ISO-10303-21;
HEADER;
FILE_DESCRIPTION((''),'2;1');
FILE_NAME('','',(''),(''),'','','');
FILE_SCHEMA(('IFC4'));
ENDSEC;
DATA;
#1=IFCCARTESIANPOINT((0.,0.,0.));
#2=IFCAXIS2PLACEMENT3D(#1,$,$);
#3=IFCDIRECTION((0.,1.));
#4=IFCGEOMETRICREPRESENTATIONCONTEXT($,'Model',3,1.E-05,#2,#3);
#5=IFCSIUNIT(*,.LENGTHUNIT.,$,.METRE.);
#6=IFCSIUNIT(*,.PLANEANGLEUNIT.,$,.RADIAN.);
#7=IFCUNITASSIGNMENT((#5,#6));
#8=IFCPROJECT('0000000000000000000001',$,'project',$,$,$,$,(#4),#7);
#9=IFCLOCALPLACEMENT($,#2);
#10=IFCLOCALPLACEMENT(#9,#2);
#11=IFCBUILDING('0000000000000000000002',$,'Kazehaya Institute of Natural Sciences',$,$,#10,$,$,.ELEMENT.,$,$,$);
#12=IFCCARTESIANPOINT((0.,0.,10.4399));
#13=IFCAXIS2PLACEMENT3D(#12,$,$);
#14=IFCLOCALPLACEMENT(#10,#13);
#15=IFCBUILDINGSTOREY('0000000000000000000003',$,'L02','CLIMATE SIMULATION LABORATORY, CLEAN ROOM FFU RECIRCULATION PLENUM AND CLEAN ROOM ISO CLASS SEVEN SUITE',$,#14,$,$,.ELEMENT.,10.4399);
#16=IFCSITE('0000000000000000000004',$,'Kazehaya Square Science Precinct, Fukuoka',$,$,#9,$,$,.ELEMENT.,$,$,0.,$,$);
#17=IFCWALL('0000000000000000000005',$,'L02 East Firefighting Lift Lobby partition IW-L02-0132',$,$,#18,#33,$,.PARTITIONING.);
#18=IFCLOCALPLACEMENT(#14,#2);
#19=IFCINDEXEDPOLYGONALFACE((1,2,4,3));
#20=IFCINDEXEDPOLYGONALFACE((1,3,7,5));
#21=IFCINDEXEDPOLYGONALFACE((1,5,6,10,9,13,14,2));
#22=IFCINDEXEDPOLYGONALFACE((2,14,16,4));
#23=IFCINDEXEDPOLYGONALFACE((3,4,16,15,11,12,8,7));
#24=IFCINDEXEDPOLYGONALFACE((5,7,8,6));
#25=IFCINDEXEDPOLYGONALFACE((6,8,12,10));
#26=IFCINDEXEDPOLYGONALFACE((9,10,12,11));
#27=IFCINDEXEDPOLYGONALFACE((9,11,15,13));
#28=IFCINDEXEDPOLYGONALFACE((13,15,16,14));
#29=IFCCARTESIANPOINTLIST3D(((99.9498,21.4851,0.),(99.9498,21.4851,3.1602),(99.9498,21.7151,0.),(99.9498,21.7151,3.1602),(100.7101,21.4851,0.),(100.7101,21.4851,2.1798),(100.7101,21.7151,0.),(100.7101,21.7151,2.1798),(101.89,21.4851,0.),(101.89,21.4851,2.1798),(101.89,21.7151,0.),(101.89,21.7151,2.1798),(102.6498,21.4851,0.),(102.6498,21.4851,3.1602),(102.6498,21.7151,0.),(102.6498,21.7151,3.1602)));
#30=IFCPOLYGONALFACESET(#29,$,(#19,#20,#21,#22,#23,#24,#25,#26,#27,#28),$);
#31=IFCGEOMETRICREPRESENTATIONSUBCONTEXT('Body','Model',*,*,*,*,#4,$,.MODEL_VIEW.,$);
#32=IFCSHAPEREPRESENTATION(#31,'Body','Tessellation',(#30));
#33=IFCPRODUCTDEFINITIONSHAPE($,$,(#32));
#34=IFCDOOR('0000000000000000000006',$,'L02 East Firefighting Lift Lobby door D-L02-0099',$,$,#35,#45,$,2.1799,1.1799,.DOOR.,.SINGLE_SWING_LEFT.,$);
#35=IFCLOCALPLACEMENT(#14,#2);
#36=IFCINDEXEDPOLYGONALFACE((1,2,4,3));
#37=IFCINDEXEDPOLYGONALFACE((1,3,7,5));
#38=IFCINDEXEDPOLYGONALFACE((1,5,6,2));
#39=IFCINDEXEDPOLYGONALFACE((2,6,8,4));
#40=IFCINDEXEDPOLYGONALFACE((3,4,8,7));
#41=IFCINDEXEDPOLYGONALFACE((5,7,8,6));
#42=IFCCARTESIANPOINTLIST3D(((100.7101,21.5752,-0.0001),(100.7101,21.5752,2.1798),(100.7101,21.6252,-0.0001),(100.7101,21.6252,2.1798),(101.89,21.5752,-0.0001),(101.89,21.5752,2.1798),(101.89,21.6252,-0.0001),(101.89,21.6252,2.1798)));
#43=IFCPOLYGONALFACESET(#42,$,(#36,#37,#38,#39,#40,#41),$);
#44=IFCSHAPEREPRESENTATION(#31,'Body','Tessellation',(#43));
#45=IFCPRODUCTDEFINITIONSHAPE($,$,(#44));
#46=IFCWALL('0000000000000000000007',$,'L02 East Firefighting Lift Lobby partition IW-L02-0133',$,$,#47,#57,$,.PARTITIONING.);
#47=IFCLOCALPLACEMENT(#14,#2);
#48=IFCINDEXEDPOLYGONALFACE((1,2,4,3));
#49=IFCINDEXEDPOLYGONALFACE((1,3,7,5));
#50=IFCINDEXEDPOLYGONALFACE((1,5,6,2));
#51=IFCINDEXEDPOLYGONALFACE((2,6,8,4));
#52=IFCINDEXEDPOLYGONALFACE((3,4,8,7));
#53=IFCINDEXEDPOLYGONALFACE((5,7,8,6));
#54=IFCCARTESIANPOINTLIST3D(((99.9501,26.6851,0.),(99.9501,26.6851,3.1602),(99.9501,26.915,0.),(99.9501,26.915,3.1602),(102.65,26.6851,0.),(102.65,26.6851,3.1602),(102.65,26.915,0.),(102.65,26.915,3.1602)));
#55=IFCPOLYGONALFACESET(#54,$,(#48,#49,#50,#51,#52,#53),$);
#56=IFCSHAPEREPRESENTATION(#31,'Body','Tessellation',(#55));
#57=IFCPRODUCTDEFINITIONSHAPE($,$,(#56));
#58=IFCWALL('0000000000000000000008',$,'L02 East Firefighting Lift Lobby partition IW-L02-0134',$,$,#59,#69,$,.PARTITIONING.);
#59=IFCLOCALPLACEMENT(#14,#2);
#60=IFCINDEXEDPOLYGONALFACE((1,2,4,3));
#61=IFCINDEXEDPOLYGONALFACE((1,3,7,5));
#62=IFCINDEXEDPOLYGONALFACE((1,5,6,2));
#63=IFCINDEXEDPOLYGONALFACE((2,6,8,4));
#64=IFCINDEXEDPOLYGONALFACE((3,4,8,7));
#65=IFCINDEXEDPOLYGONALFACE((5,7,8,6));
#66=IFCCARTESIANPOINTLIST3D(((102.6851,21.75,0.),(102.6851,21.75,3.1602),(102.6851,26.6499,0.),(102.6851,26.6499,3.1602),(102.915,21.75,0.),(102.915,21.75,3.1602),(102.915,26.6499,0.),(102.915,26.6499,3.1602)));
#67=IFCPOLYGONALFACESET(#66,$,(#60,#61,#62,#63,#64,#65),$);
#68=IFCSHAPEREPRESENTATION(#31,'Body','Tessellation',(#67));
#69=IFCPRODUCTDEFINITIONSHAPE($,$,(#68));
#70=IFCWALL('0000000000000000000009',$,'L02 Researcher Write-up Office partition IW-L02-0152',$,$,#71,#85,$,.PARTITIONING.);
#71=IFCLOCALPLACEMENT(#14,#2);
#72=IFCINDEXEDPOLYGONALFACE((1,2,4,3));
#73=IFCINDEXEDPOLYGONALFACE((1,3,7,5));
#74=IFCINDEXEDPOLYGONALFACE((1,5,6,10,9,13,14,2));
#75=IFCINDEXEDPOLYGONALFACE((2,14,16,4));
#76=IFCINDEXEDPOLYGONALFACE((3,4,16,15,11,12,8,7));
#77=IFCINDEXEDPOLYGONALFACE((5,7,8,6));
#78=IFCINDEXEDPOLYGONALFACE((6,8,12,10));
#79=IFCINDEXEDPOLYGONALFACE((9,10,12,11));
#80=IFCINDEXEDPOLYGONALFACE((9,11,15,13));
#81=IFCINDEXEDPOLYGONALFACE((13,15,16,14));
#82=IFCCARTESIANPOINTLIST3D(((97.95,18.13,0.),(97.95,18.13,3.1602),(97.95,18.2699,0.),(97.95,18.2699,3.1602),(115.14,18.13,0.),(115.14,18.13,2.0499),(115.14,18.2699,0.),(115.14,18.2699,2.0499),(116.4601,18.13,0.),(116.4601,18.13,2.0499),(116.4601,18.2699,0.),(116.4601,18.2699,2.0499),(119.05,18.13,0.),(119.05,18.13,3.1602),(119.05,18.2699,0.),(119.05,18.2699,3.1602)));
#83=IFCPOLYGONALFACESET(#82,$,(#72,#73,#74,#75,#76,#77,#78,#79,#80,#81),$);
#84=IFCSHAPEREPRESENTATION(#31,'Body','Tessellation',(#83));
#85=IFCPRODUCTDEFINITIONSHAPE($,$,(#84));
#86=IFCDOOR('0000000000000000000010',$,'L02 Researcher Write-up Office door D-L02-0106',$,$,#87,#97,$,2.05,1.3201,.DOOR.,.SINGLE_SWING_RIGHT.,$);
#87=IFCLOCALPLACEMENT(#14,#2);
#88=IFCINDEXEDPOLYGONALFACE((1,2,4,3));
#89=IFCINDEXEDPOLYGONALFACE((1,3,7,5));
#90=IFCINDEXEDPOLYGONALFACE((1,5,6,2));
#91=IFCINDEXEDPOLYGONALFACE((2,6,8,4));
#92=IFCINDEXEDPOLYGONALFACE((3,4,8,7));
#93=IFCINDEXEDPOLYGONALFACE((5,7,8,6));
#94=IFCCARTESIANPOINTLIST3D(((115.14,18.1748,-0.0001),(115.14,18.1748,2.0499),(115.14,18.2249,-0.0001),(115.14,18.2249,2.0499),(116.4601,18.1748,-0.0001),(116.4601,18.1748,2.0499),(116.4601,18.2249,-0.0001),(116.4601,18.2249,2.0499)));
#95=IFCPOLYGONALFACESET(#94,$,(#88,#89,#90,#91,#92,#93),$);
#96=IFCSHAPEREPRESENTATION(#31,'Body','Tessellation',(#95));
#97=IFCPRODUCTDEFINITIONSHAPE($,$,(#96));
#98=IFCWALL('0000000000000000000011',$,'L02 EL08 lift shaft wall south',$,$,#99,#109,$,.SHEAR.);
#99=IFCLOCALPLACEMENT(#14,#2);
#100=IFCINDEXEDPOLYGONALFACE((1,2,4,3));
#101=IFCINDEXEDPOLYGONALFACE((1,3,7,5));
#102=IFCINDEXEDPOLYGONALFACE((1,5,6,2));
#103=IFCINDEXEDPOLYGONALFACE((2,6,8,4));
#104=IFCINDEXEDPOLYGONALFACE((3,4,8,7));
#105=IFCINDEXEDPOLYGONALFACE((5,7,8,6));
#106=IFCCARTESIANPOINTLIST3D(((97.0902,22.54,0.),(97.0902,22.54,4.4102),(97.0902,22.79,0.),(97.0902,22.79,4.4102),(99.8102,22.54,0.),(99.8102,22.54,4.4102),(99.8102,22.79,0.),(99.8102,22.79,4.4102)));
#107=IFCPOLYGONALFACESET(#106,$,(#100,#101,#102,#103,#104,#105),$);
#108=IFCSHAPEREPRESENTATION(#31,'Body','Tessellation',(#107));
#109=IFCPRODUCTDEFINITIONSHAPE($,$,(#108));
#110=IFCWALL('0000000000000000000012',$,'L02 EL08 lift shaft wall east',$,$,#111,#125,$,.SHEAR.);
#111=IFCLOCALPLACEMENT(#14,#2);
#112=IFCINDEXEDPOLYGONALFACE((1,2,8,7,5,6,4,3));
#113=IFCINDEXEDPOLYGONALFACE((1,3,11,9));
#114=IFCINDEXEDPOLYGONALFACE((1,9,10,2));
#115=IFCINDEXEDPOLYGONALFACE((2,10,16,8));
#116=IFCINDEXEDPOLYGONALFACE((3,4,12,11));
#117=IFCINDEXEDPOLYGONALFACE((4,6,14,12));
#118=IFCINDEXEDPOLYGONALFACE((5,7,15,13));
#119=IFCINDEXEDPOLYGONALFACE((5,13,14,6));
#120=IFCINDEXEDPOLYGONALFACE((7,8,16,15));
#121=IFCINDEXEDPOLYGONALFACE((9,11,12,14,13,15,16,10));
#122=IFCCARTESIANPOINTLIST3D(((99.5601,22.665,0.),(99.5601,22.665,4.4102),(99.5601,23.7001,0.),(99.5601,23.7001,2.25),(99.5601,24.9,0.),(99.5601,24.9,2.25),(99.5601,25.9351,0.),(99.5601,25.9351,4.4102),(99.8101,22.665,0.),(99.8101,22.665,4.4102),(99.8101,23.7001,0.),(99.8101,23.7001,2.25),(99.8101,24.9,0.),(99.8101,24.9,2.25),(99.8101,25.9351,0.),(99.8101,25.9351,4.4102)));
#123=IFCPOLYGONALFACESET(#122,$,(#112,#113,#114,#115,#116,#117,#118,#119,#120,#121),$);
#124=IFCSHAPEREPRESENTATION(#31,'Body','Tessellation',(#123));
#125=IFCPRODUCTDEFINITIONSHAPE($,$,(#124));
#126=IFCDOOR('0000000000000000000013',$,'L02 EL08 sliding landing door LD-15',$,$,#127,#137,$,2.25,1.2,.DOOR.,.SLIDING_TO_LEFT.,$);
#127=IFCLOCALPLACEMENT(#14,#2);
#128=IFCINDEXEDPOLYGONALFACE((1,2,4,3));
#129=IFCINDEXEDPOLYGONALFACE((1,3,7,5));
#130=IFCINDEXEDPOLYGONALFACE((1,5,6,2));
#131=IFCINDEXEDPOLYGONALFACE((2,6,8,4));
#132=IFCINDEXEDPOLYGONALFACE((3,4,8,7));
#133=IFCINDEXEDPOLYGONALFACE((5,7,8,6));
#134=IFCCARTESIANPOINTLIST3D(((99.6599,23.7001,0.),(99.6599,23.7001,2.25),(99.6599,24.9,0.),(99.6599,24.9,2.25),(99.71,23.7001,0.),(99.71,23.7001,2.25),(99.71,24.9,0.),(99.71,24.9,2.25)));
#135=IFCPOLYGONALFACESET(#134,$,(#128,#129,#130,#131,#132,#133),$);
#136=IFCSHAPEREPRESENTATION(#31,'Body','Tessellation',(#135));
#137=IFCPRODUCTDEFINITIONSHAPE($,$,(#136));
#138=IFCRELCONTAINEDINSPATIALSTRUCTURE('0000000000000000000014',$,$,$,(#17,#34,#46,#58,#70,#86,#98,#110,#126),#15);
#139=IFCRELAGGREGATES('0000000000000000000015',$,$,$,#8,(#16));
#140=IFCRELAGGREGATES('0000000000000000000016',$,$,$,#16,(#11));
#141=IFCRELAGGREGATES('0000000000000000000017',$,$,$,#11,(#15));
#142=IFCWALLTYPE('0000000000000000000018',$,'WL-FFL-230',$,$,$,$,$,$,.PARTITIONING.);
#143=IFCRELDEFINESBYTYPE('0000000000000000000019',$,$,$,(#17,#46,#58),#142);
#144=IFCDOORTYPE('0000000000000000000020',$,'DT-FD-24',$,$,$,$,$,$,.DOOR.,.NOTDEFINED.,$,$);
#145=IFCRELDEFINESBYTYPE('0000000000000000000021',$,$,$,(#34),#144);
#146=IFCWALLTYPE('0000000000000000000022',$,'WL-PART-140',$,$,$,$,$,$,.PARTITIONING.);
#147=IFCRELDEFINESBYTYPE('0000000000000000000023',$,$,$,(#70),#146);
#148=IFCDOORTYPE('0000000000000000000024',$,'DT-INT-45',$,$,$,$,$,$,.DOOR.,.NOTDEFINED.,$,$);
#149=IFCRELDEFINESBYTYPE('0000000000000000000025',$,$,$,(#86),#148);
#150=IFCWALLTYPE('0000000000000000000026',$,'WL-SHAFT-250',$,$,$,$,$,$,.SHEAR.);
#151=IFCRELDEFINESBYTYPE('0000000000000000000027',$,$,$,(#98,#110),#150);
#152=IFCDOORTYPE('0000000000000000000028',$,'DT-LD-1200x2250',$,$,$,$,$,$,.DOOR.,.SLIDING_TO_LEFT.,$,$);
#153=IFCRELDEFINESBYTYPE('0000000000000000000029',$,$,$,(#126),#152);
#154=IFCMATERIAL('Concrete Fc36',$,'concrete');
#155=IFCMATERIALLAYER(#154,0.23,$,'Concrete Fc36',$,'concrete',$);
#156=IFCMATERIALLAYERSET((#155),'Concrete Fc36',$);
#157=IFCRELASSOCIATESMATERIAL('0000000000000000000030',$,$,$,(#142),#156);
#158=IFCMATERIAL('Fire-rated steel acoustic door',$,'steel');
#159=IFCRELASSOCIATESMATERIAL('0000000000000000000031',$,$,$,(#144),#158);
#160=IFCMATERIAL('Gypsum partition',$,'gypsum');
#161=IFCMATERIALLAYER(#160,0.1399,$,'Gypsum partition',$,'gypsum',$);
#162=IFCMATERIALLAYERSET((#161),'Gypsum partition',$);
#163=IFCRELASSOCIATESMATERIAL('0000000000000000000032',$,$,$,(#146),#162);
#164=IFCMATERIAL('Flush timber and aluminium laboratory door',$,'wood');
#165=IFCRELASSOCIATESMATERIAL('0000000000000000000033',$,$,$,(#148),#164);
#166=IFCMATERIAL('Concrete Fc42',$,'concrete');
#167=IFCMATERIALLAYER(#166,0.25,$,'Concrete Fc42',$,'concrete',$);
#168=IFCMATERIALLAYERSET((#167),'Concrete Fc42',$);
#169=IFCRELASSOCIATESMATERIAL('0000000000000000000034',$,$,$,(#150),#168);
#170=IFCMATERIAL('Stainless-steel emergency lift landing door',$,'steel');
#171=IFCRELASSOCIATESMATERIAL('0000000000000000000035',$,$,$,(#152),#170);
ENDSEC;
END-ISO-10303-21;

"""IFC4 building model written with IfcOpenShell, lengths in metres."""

from ifc_helpers import new_model, si_unit, direction, frame, frame_2d, origin, place, context, subcontext, project, spatial, rectangle, extrude, material, layer, layer_set, type_object, element, fill, save


model = new_model("IFC4")

# Units and contexts
model_context = context("Model", 3, precision=1e-05, world=origin(), true_north=direction((0.0, 1.0)))
body_context = subcontext(model_context, "Body", "Model", "MODEL_VIEW")
ifc_project = project(units=[si_unit("LENGTHUNIT", "METRE"), si_unit("PLANEANGLEUNIT", "RADIAN")], contexts=[model_context])

# Site, building, storey
site_placement = place(None, origin())
site = spatial("IfcSite", under=ifc_project, at=site_placement, Name="Kazehaya Square Science Precinct, Fukuoka", CompositionType="ELEMENT", RefElevation=0.0)
building_placement = place(site_placement, origin())
building = spatial("IfcBuilding", under=site, at=building_placement, Name="Kazehaya Institute of Natural Sciences", CompositionType="ELEMENT")
storey_placement = place(building_placement, frame((0.0, 0.0, 10.4399)))
storey = spatial("IfcBuildingStorey", under=building, at=storey_placement, Name="L02", Description="CLIMATE SIMULATION LABORATORY, CLEAN ROOM FFU RECIRCULATION PLENUM AND CLEAN ROOM ISO CLASS SEVEN SUITE", CompositionType="ELEMENT", Elevation=10.4399)

# Shared definitions
ifc_material_1 = material(Name="Concrete Fc42", Category="concrete")

# Shared definitions
ifc_material_2 = material(Name="Concrete Fc36", Category="concrete")

# Wall, opening, door
ifc_material_3 = material(Name="Fire-rated steel acoustic door", Category="steel")
ifc_layer_1 = layer(ifc_material_2, 0.23, Name="Concrete Fc36", Category="concrete")
ifc_layer_set_1 = layer_set([ifc_layer_1], Name="Concrete Fc36")
wall_type_1 = type_object("IfcWallType", Name="WL-FFL-230", PredefinedType="PARTITIONING", material=ifc_layer_set_1)
wall_1_placement = place(storey_placement, frame((102.6499, 21.6001, 0.0), z_axis=(0.0, 0.0, 1.0), x_axis=(-1.0, 0.0, 0.0)))
wall_1 = element("IfcWall", 1, at=wall_1_placement, inside=storey, type_object=wall_type_1, Name="L02 East Firefighting Lift Lobby partition IW-L02-0132", PredefinedType="PARTITIONING", context=body_context, shape_type="SweptSolid", body=[
    extrude(rectangle(XDim=2.7, YDim=0.23, at=frame_2d((1.3501, 0.0))), origin(), (0.0, 0.0, 1.0), 3.1602),
])
opening_1_placement = place(wall_1_placement, frame((0.76, 0.0, 0.0)))
opening_1 = element("IfcOpeningElement", 2, at=opening_1_placement, cuts=wall_1, PredefinedType="OPENING", context=body_context, shape_type="SweptSolid", body=[
    extrude(rectangle(XDim=1.1799, YDim=2.1799, at=frame_2d((0.5898, 1.0898))), frame((0.0, 0.125, 0.0), z_axis=(0.0, -1.0, 0.0), x_axis=(1.0, 0.0, 0.0)), (0.0, 0.0, 1.0), 0.25),
])
door_type_1 = type_object("IfcDoorType", Name="DT-FD-24", OperationType="NOTDEFINED", PredefinedType="DOOR", material=ifc_material_3)
door_1_placement = place(opening_1_placement, origin())
door_1 = element("IfcDoor", 3, at=door_1_placement, inside=storey, type_object=door_type_1, Name="L02 East Firefighting Lift Lobby door D-L02-0099", OperationType="SINGLE_SWING_LEFT", OverallHeight=2.1799, OverallWidth=1.1799, PredefinedType="DOOR", context=body_context, shape_type="SweptSolid", body=[
    extrude(rectangle(XDim=1.1799, YDim=2.1799, at=frame_2d((0.5898, 1.0898))), frame((0.0, 0.0249, 0.0), z_axis=(0.0, -1.0, 0.0), x_axis=(1.0, 0.0, 0.0)), (0.0, 0.0, 1.0), 0.05),
])
fill(opening_1, door_1)

# Walls
wall_2_placement = place(storey_placement, frame((99.95, 26.8, 0.0), z_axis=(0.0, 0.0, 1.0), x_axis=(1.0, 0.0, 0.0)))
element("IfcWall", 4, at=wall_2_placement, inside=storey, type_object=wall_type_1, Name="L02 East Firefighting Lift Lobby partition IW-L02-0133", PredefinedType="PARTITIONING", context=body_context, shape_type="SweptSolid", body=[
    extrude(rectangle(XDim=2.7, YDim=0.23, at=frame_2d((1.3501, 0.0))), origin(), (0.0, 0.0, 1.0), 3.1602),
])
wall_3_placement = place(storey_placement, frame((102.8, 26.6499, 0.0), z_axis=(0.0, 0.0, 1.0), x_axis=(0.0, -1.0, 0.0)))
element("IfcWall", 5, at=wall_3_placement, inside=storey, type_object=wall_type_1, Name="L02 East Firefighting Lift Lobby partition IW-L02-0134", PredefinedType="PARTITIONING", context=body_context, shape_type="SweptSolid", body=[
    extrude(rectangle(XDim=4.8999, YDim=0.23, at=frame_2d((2.45, 0.0))), origin(), (0.0, 0.0, 1.0), 3.1602),
])

# Wall, opening, door
ifc_material_4 = material(Name="Gypsum partition", Category="gypsum")
ifc_layer_2 = layer(ifc_material_4, 0.1399, Name="Gypsum partition", Category="gypsum")
ifc_layer_set_2 = layer_set([ifc_layer_2], Name="Gypsum partition")
wall_type_2 = type_object("IfcWallType", Name="WL-PART-140", PredefinedType="PARTITIONING", material=ifc_layer_set_2)
wall_4_placement = place(storey_placement, frame((97.95, 18.2, 0.0), z_axis=(0.0, 0.0, 1.0), x_axis=(1.0, 0.0, 0.0)))
wall_4 = element("IfcWall", 6, at=wall_4_placement, inside=storey, type_object=wall_type_2, Name="L02 Researcher Write-up Office partition IW-L02-0152", PredefinedType="PARTITIONING", context=body_context, shape_type="SweptSolid", body=[
    extrude(rectangle(XDim=21.1001, YDim=0.1399, at=frame_2d((10.55, 0.0))), origin(), (0.0, 0.0, 1.0), 3.1602),
])
opening_2_placement = place(wall_4_placement, frame((17.1899, 0.0, 0.0)))
opening_2 = element("IfcOpeningElement", 7, at=opening_2_placement, cuts=wall_4, PredefinedType="OPENING", context=body_context, shape_type="SweptSolid", body=[
    extrude(rectangle(XDim=1.3201, YDim=2.05, at=frame_2d((0.6602, 1.0249))), frame((0.0, 0.0798, 0.0), z_axis=(0.0, -1.0, 0.0), x_axis=(1.0, 0.0, 0.0)), (0.0, 0.0, 1.0), 0.1599),
])
ifc_material_5 = material(Name="Flush timber and aluminium laboratory door", Category="wood")
door_type_2 = type_object("IfcDoorType", Name="DT-INT-45", OperationType="NOTDEFINED", PredefinedType="DOOR", material=ifc_material_5)
door_2_placement = place(opening_2_placement, origin())
door_2 = element("IfcDoor", 8, at=door_2_placement, inside=storey, type_object=door_type_2, Name="L02 Researcher Write-up Office door D-L02-0106", OperationType="SINGLE_SWING_RIGHT", OverallHeight=2.05, OverallWidth=1.3201, PredefinedType="DOOR", context=body_context, shape_type="SweptSolid", body=[
    extrude(rectangle(XDim=1.3201, YDim=2.05, at=frame_2d((0.6602, 1.0249))), frame((0.0, 0.0249, 0.0), z_axis=(0.0, -1.0, 0.0), x_axis=(1.0, 0.0, 0.0)), (0.0, 0.0, 1.0), 0.05),
])
fill(opening_2, door_2)

# Wall
ifc_layer_3 = layer(ifc_material_1, 0.25, Name="Concrete Fc42", Category="concrete")
ifc_layer_set_3 = layer_set([ifc_layer_3], Name="Concrete Fc42")
wall_type_3 = type_object("IfcWallType", Name="WL-SHAFT-250", PredefinedType="SHEAR", material=ifc_layer_set_3)
wall_5_placement = place(storey_placement, frame((99.8101, 22.665, 0.0), z_axis=(0.0, 0.0, 1.0), x_axis=(-1.0, 0.0, 0.0)))
element("IfcWall", 9, at=wall_5_placement, inside=storey, type_object=wall_type_3, Name="L02 EL08 lift shaft wall south", PredefinedType="SHEAR", context=body_context, shape_type="SweptSolid", body=[
    extrude(rectangle(XDim=2.72, YDim=0.25, at=frame_2d((1.3599, 0.0))), origin(), (0.0, 0.0, 1.0), 4.4102),
])

# Wall, opening, door
wall_6_placement = place(storey_placement, frame((99.6851, 25.9351, 0.0), z_axis=(0.0, 0.0, 1.0), x_axis=(0.0, -1.0, 0.0)))
wall_6 = element("IfcWall", 10, at=wall_6_placement, inside=storey, type_object=wall_type_3, Name="L02 EL08 lift shaft wall east", PredefinedType="SHEAR", context=body_context, shape_type="SweptSolid", body=[
    extrude(rectangle(XDim=3.27, YDim=0.25, at=frame_2d((1.635, 0.0))), origin(), (0.0, 0.0, 1.0), 4.4102),
])
opening_3_placement = place(wall_6_placement, frame((1.0349, 0.0, 0.0)))
opening_3 = element("IfcOpeningElement", 11, at=opening_3_placement, cuts=wall_6, PredefinedType="OPENING", context=body_context, shape_type="SweptSolid", body=[
    extrude(rectangle(XDim=1.2, YDim=2.25, at=frame_2d((0.6001, 1.125))), frame((0.0, 0.135, 0.0), z_axis=(0.0, -1.0, 0.0), x_axis=(1.0, 0.0, 0.0)), (0.0, 0.0, 1.0), 0.27),
])
ifc_material_6 = material(Name="Stainless-steel emergency lift landing door", Category="steel")
door_type_3 = type_object("IfcDoorType", Name="DT-LD-1200x2250", OperationType="SLIDING_TO_LEFT", PredefinedType="DOOR", material=ifc_material_6)
door_3_placement = place(opening_3_placement, origin())
door_3 = element("IfcDoor", 12, at=door_3_placement, inside=storey, type_object=door_type_3, Name="L02 EL08 sliding landing door LD-15", OperationType="SLIDING_TO_LEFT", OverallHeight=2.25, OverallWidth=1.2, PredefinedType="DOOR", context=body_context, shape_type="SweptSolid", body=[
    extrude(rectangle(XDim=1.2, YDim=2.25, at=frame_2d((0.6001, 1.125))), frame((0.0, 0.0249, 0.0), z_axis=(0.0, -1.0, 0.0), x_axis=(1.0, 0.0, 0.0)), (0.0, 0.0, 1.0), 0.05),
])
fill(opening_3, door_3)

save(model, "model.ifc")
